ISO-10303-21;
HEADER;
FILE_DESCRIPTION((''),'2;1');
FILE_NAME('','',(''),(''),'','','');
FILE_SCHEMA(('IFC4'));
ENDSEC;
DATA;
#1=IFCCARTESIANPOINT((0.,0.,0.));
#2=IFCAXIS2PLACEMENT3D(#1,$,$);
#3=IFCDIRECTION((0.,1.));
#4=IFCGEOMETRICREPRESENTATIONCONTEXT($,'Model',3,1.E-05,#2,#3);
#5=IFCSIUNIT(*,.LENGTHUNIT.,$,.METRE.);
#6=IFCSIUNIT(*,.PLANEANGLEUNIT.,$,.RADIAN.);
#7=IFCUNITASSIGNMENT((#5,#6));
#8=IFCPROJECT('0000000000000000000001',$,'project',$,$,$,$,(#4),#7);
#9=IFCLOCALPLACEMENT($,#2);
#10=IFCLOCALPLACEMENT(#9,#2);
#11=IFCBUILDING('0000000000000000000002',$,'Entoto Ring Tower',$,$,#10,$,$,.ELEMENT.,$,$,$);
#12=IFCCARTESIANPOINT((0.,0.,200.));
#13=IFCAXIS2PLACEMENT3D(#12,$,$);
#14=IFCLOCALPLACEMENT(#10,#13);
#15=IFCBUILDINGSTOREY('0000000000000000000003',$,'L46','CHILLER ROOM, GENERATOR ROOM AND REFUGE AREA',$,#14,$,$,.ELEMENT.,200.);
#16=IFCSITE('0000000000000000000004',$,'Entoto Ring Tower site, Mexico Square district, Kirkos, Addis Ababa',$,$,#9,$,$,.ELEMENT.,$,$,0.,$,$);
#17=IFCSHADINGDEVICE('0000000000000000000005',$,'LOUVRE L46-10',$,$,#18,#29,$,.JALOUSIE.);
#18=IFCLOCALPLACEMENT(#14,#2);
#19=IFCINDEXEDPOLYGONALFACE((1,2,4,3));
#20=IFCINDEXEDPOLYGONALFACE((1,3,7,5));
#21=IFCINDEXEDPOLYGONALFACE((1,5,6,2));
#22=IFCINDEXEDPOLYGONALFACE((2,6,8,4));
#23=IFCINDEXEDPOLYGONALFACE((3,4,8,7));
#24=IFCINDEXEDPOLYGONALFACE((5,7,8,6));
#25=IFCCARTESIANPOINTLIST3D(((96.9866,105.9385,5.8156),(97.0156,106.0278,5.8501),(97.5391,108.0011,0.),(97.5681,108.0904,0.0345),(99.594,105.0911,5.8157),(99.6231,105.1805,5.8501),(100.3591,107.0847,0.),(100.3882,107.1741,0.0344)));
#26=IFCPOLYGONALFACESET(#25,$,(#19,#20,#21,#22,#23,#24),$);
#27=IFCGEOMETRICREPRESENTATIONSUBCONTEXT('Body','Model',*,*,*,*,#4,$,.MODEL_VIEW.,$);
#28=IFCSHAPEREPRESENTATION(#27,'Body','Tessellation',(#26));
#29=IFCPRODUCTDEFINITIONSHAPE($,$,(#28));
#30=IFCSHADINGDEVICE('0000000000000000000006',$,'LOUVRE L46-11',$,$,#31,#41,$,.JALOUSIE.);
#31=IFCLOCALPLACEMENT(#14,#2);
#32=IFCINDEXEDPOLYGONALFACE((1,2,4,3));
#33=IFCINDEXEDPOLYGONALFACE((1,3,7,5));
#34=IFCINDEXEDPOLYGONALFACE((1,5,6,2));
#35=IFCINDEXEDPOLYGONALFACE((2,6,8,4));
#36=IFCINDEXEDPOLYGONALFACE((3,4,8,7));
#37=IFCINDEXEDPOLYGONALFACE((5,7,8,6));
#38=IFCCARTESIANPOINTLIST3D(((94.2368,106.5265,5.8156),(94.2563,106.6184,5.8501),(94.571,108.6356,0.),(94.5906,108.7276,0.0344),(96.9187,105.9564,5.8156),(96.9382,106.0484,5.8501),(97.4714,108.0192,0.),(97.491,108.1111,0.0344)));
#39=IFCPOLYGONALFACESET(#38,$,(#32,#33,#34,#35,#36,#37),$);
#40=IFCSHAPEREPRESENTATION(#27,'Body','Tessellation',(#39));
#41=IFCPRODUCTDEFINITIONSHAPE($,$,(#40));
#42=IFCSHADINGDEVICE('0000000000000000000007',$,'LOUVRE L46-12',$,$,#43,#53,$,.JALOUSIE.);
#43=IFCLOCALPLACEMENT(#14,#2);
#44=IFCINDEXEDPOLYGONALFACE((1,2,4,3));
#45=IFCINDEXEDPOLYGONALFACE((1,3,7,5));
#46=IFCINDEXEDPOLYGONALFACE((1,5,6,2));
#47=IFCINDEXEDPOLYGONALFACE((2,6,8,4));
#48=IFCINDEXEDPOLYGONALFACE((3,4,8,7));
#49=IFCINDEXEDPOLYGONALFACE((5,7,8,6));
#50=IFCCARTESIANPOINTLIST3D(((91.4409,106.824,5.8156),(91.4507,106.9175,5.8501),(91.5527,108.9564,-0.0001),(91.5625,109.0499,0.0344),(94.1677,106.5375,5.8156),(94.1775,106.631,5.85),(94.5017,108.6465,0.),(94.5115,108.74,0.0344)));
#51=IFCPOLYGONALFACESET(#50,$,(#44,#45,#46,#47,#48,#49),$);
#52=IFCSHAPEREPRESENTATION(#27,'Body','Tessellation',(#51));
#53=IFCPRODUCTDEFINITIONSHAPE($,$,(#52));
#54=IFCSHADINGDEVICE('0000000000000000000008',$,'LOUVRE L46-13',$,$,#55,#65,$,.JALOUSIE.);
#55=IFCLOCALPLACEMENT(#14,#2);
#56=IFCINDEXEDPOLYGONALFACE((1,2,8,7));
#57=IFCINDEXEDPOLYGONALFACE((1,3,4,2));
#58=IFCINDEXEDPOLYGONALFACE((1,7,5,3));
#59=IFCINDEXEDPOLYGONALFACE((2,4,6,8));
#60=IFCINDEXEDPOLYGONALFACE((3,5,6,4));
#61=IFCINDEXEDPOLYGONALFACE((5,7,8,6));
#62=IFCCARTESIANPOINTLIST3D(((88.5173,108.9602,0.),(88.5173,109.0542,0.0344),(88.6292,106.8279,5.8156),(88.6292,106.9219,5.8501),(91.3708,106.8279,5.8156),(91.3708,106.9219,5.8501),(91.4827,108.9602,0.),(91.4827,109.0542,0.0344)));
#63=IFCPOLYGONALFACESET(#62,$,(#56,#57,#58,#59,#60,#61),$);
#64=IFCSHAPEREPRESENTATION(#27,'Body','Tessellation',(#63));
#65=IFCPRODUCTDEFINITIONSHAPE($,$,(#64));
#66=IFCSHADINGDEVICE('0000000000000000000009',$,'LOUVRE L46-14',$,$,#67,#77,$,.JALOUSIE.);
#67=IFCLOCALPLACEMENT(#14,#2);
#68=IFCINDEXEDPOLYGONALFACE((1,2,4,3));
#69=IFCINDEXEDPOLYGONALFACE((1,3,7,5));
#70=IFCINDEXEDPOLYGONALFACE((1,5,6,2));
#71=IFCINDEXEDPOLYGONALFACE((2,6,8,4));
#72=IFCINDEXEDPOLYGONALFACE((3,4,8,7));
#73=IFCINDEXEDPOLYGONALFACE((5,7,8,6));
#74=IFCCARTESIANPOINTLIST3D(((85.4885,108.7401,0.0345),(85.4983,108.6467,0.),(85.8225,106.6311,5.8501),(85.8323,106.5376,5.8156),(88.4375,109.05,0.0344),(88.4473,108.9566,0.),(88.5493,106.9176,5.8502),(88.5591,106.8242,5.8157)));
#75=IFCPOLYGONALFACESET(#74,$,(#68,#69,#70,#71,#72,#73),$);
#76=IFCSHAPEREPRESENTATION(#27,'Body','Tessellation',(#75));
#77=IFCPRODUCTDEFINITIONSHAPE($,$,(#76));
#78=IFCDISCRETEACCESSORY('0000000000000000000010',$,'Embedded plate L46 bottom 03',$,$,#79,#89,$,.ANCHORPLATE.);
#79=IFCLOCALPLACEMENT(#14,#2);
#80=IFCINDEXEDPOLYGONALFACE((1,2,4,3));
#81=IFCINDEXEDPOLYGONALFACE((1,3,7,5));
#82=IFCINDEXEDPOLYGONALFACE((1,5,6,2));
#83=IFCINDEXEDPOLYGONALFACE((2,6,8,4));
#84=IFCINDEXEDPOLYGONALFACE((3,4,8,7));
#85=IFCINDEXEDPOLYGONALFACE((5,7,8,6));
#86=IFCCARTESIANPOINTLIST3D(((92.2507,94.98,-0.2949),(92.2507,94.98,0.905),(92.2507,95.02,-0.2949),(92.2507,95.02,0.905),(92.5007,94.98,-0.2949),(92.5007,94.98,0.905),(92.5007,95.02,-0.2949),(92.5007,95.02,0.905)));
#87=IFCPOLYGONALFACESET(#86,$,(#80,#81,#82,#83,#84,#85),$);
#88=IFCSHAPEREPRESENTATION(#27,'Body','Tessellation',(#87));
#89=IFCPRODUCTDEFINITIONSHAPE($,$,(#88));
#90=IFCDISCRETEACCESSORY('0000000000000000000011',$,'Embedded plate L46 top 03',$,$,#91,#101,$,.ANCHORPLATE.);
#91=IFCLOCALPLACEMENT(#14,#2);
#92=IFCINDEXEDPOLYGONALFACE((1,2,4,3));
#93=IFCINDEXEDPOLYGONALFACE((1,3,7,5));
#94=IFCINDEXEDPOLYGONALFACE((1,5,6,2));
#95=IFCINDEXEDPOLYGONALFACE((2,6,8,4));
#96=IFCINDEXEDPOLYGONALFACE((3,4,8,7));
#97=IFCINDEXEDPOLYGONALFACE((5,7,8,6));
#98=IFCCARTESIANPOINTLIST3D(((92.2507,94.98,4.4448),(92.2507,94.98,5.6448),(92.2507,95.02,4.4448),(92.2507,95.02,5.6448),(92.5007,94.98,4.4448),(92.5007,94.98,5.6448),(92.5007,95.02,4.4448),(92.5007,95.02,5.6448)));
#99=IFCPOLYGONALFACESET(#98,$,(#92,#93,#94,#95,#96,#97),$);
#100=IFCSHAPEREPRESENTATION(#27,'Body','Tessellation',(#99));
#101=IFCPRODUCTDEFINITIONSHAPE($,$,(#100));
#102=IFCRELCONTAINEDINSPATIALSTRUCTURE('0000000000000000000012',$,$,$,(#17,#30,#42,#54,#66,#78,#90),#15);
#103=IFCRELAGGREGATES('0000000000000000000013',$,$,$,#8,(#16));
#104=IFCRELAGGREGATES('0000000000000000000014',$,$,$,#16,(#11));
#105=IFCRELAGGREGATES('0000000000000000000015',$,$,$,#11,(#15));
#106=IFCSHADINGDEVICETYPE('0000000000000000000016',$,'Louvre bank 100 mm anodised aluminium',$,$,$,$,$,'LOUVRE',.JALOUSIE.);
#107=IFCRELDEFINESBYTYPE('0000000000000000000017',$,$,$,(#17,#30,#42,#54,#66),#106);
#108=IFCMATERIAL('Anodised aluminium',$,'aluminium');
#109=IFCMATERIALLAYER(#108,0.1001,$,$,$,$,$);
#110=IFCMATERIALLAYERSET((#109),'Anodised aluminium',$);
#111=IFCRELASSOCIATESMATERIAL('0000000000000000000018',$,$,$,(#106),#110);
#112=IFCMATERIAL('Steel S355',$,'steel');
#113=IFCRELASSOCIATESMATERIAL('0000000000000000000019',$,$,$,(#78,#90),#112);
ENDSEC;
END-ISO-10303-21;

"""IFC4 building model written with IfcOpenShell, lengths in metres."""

from ifc_helpers import new_model, si_unit, direction, frame, origin, origin_2d, place, context, subcontext, project, spatial, polyline, rectangle, outline, extrude, material, layer, layer_set, type_object, element, save


model = new_model("IFC4")

# Units and contexts
model_context = context("Model", 3, precision=1e-05, world=origin(), true_north=direction((0.0, 1.0)))
body_context = subcontext(model_context, "Body", "Model", "MODEL_VIEW")
ifc_project = project(units=[si_unit("LENGTHUNIT", "METRE"), si_unit("PLANEANGLEUNIT", "RADIAN")], contexts=[model_context])

# Site, building, storey
site_placement = place(None, origin())
site = spatial("IfcSite", under=ifc_project, at=site_placement, Name="Entoto Ring Tower site, Mexico Square district, Kirkos, Addis Ababa", CompositionType="ELEMENT", RefElevation=0.0)
building_placement = place(site_placement, origin())
building = spatial("IfcBuilding", under=site, at=building_placement, Name="Entoto Ring Tower", CompositionType="ELEMENT")
storey_placement = place(building_placement, frame((0.0, 0.0, 200.0)))
storey = spatial("IfcBuildingStorey", under=building, at=storey_placement, Name="L46", Description="CHILLER ROOM, GENERATOR ROOM AND REFUGE AREA", CompositionType="ELEMENT", Elevation=200.0)

# Shading devices
ifc_material_1 = material(Name="Anodised aluminium", Category="aluminium")
ifc_layer_1 = layer(ifc_material_1, 0.1001)
ifc_layer_set_1 = layer_set([ifc_layer_1], Name="Anodised aluminium")
shading_device_type = type_object("IfcShadingDeviceType", Name="Louvre bank 100 mm anodised aluminium", ElementType="LOUVRE", PredefinedType="JALOUSIE", material=ifc_layer_set_1)
shading_device_1_placement = place(storey_placement, frame((100.3882, 107.1741, 0.0344), z_axis=(0.290155, 0.892917, 0.344253), x_axis=(-0.951049, 0.30904, 0.000013)))
element("IfcShadingDevice", 1, at=shading_device_1_placement, inside=storey, type_object=shading_device_type, Name="LOUVRE L46-10", PredefinedType="JALOUSIE", context=body_context, shape_type="SweptSolid", body=[
    extrude(outline(polyline([(0.0, 0.0), (2.9652, 0.0), (2.8533, 6.1942), (0.1116, 6.1943), (0.0, 0.0)])), origin(), (0.0, 0.0, -1.0), 0.1001),
])
shading_device_2_placement = place(storey_placement, frame((97.491, 108.1111, 0.0344), z_axis=(0.195198, 0.918353, 0.344275), x_axis=(-0.978149, 0.207906, 0.000003)))
element("IfcShadingDevice", 2, at=shading_device_2_placement, inside=storey, type_object=shading_device_type, Name="LOUVRE L46-11", PredefinedType="JALOUSIE", context=body_context, shape_type="SweptSolid", body=[
    extrude(outline(polyline([(0.0, 0.0), (2.9652, 0.0), (2.8536, 6.1943), (0.1118, 6.1944), (0.0, 0.0)])), origin(), (0.0, 0.0, -1.0), 0.1001),
])
shading_device_3_placement = place(storey_placement, frame((94.5115, 108.74, 0.0344), z_axis=(0.098121, 0.933735, 0.344254), x_axis=(-0.994523, 0.104515, -0.000018)))
element("IfcShadingDevice", 3, at=shading_device_3_placement, inside=storey, type_object=shading_device_type, Name="LOUVRE L46-12", PredefinedType="JALOUSIE", context=body_context, shape_type="SweptSolid", body=[
    extrude(outline(polyline([(0.0, 0.0), (2.9652, 0.0), (2.8534, 6.1943), (0.1116, 6.1942), (0.0, 0.0)])), origin(), (0.0, 0.0, -1.0), 0.1001),
])
shading_device_4_placement = place(storey_placement, frame((91.4827, 109.0542, 0.0344), z_axis=(0.0, 0.938881, 0.344242), x_axis=(-1.0, 0.0, 0.0)))
element("IfcShadingDevice", 4, at=shading_device_4_placement, inside=storey, type_object=shading_device_type, Name="LOUVRE L46-13", PredefinedType="JALOUSIE", context=body_context, shape_type="SweptSolid", body=[
    extrude(outline(polyline([(0.0, 0.0), (2.9653, 0.0), (2.8535, 6.1943), (0.1118, 6.1943), (0.0, 0.0)])), origin(), (0.0, 0.0, -1.0), 0.1001),
])
shading_device_5_placement = place(storey_placement, frame((88.4375, 109.05, 0.0344), z_axis=(-0.098121, 0.933735, 0.344254), x_axis=(-0.994523, -0.104515, 0.000018)))
element("IfcShadingDevice", 5, at=shading_device_5_placement, inside=storey, type_object=shading_device_type, Name="LOUVRE L46-14", PredefinedType="JALOUSIE", context=body_context, shape_type="SweptSolid", body=[
    extrude(outline(polyline([(0.0, 0.0), (2.9652, 0.0), (2.8536, 6.1942), (0.1118, 6.1943), (0.0, 0.0)])), origin(), (0.0, 0.0, -1.0), 0.1001),
])

# Discrete accessories
ifc_material_2 = material(Name="Steel S355", Category="steel")
for number, where, z_axis, x_axis, name in (
    (6, (92.3757, 95.0, -0.2949), (0.0, 0.0, 1.0), (0.0, 1.0, 0.0), "Embedded plate L46 bottom 03"),
    (7, (92.3757, 95.0, 4.4448), (0.0, 0.0, 1.0), (0.0, 1.0, 0.0), "Embedded plate L46 top 03"),
):
    element("IfcDiscreteAccessory", number, at=place(storey_placement, frame(where, z_axis=z_axis, x_axis=x_axis)), inside=storey, material=ifc_material_2, Name=name, PredefinedType="ANCHORPLATE", context=body_context, shape_type="SweptSolid", body=[
        extrude(rectangle(XDim=0.04, YDim=0.25, at=origin_2d()), origin(), (0.0, 0.0, 1.0), 1.2),
    ])

save(model, "model.ifc")
